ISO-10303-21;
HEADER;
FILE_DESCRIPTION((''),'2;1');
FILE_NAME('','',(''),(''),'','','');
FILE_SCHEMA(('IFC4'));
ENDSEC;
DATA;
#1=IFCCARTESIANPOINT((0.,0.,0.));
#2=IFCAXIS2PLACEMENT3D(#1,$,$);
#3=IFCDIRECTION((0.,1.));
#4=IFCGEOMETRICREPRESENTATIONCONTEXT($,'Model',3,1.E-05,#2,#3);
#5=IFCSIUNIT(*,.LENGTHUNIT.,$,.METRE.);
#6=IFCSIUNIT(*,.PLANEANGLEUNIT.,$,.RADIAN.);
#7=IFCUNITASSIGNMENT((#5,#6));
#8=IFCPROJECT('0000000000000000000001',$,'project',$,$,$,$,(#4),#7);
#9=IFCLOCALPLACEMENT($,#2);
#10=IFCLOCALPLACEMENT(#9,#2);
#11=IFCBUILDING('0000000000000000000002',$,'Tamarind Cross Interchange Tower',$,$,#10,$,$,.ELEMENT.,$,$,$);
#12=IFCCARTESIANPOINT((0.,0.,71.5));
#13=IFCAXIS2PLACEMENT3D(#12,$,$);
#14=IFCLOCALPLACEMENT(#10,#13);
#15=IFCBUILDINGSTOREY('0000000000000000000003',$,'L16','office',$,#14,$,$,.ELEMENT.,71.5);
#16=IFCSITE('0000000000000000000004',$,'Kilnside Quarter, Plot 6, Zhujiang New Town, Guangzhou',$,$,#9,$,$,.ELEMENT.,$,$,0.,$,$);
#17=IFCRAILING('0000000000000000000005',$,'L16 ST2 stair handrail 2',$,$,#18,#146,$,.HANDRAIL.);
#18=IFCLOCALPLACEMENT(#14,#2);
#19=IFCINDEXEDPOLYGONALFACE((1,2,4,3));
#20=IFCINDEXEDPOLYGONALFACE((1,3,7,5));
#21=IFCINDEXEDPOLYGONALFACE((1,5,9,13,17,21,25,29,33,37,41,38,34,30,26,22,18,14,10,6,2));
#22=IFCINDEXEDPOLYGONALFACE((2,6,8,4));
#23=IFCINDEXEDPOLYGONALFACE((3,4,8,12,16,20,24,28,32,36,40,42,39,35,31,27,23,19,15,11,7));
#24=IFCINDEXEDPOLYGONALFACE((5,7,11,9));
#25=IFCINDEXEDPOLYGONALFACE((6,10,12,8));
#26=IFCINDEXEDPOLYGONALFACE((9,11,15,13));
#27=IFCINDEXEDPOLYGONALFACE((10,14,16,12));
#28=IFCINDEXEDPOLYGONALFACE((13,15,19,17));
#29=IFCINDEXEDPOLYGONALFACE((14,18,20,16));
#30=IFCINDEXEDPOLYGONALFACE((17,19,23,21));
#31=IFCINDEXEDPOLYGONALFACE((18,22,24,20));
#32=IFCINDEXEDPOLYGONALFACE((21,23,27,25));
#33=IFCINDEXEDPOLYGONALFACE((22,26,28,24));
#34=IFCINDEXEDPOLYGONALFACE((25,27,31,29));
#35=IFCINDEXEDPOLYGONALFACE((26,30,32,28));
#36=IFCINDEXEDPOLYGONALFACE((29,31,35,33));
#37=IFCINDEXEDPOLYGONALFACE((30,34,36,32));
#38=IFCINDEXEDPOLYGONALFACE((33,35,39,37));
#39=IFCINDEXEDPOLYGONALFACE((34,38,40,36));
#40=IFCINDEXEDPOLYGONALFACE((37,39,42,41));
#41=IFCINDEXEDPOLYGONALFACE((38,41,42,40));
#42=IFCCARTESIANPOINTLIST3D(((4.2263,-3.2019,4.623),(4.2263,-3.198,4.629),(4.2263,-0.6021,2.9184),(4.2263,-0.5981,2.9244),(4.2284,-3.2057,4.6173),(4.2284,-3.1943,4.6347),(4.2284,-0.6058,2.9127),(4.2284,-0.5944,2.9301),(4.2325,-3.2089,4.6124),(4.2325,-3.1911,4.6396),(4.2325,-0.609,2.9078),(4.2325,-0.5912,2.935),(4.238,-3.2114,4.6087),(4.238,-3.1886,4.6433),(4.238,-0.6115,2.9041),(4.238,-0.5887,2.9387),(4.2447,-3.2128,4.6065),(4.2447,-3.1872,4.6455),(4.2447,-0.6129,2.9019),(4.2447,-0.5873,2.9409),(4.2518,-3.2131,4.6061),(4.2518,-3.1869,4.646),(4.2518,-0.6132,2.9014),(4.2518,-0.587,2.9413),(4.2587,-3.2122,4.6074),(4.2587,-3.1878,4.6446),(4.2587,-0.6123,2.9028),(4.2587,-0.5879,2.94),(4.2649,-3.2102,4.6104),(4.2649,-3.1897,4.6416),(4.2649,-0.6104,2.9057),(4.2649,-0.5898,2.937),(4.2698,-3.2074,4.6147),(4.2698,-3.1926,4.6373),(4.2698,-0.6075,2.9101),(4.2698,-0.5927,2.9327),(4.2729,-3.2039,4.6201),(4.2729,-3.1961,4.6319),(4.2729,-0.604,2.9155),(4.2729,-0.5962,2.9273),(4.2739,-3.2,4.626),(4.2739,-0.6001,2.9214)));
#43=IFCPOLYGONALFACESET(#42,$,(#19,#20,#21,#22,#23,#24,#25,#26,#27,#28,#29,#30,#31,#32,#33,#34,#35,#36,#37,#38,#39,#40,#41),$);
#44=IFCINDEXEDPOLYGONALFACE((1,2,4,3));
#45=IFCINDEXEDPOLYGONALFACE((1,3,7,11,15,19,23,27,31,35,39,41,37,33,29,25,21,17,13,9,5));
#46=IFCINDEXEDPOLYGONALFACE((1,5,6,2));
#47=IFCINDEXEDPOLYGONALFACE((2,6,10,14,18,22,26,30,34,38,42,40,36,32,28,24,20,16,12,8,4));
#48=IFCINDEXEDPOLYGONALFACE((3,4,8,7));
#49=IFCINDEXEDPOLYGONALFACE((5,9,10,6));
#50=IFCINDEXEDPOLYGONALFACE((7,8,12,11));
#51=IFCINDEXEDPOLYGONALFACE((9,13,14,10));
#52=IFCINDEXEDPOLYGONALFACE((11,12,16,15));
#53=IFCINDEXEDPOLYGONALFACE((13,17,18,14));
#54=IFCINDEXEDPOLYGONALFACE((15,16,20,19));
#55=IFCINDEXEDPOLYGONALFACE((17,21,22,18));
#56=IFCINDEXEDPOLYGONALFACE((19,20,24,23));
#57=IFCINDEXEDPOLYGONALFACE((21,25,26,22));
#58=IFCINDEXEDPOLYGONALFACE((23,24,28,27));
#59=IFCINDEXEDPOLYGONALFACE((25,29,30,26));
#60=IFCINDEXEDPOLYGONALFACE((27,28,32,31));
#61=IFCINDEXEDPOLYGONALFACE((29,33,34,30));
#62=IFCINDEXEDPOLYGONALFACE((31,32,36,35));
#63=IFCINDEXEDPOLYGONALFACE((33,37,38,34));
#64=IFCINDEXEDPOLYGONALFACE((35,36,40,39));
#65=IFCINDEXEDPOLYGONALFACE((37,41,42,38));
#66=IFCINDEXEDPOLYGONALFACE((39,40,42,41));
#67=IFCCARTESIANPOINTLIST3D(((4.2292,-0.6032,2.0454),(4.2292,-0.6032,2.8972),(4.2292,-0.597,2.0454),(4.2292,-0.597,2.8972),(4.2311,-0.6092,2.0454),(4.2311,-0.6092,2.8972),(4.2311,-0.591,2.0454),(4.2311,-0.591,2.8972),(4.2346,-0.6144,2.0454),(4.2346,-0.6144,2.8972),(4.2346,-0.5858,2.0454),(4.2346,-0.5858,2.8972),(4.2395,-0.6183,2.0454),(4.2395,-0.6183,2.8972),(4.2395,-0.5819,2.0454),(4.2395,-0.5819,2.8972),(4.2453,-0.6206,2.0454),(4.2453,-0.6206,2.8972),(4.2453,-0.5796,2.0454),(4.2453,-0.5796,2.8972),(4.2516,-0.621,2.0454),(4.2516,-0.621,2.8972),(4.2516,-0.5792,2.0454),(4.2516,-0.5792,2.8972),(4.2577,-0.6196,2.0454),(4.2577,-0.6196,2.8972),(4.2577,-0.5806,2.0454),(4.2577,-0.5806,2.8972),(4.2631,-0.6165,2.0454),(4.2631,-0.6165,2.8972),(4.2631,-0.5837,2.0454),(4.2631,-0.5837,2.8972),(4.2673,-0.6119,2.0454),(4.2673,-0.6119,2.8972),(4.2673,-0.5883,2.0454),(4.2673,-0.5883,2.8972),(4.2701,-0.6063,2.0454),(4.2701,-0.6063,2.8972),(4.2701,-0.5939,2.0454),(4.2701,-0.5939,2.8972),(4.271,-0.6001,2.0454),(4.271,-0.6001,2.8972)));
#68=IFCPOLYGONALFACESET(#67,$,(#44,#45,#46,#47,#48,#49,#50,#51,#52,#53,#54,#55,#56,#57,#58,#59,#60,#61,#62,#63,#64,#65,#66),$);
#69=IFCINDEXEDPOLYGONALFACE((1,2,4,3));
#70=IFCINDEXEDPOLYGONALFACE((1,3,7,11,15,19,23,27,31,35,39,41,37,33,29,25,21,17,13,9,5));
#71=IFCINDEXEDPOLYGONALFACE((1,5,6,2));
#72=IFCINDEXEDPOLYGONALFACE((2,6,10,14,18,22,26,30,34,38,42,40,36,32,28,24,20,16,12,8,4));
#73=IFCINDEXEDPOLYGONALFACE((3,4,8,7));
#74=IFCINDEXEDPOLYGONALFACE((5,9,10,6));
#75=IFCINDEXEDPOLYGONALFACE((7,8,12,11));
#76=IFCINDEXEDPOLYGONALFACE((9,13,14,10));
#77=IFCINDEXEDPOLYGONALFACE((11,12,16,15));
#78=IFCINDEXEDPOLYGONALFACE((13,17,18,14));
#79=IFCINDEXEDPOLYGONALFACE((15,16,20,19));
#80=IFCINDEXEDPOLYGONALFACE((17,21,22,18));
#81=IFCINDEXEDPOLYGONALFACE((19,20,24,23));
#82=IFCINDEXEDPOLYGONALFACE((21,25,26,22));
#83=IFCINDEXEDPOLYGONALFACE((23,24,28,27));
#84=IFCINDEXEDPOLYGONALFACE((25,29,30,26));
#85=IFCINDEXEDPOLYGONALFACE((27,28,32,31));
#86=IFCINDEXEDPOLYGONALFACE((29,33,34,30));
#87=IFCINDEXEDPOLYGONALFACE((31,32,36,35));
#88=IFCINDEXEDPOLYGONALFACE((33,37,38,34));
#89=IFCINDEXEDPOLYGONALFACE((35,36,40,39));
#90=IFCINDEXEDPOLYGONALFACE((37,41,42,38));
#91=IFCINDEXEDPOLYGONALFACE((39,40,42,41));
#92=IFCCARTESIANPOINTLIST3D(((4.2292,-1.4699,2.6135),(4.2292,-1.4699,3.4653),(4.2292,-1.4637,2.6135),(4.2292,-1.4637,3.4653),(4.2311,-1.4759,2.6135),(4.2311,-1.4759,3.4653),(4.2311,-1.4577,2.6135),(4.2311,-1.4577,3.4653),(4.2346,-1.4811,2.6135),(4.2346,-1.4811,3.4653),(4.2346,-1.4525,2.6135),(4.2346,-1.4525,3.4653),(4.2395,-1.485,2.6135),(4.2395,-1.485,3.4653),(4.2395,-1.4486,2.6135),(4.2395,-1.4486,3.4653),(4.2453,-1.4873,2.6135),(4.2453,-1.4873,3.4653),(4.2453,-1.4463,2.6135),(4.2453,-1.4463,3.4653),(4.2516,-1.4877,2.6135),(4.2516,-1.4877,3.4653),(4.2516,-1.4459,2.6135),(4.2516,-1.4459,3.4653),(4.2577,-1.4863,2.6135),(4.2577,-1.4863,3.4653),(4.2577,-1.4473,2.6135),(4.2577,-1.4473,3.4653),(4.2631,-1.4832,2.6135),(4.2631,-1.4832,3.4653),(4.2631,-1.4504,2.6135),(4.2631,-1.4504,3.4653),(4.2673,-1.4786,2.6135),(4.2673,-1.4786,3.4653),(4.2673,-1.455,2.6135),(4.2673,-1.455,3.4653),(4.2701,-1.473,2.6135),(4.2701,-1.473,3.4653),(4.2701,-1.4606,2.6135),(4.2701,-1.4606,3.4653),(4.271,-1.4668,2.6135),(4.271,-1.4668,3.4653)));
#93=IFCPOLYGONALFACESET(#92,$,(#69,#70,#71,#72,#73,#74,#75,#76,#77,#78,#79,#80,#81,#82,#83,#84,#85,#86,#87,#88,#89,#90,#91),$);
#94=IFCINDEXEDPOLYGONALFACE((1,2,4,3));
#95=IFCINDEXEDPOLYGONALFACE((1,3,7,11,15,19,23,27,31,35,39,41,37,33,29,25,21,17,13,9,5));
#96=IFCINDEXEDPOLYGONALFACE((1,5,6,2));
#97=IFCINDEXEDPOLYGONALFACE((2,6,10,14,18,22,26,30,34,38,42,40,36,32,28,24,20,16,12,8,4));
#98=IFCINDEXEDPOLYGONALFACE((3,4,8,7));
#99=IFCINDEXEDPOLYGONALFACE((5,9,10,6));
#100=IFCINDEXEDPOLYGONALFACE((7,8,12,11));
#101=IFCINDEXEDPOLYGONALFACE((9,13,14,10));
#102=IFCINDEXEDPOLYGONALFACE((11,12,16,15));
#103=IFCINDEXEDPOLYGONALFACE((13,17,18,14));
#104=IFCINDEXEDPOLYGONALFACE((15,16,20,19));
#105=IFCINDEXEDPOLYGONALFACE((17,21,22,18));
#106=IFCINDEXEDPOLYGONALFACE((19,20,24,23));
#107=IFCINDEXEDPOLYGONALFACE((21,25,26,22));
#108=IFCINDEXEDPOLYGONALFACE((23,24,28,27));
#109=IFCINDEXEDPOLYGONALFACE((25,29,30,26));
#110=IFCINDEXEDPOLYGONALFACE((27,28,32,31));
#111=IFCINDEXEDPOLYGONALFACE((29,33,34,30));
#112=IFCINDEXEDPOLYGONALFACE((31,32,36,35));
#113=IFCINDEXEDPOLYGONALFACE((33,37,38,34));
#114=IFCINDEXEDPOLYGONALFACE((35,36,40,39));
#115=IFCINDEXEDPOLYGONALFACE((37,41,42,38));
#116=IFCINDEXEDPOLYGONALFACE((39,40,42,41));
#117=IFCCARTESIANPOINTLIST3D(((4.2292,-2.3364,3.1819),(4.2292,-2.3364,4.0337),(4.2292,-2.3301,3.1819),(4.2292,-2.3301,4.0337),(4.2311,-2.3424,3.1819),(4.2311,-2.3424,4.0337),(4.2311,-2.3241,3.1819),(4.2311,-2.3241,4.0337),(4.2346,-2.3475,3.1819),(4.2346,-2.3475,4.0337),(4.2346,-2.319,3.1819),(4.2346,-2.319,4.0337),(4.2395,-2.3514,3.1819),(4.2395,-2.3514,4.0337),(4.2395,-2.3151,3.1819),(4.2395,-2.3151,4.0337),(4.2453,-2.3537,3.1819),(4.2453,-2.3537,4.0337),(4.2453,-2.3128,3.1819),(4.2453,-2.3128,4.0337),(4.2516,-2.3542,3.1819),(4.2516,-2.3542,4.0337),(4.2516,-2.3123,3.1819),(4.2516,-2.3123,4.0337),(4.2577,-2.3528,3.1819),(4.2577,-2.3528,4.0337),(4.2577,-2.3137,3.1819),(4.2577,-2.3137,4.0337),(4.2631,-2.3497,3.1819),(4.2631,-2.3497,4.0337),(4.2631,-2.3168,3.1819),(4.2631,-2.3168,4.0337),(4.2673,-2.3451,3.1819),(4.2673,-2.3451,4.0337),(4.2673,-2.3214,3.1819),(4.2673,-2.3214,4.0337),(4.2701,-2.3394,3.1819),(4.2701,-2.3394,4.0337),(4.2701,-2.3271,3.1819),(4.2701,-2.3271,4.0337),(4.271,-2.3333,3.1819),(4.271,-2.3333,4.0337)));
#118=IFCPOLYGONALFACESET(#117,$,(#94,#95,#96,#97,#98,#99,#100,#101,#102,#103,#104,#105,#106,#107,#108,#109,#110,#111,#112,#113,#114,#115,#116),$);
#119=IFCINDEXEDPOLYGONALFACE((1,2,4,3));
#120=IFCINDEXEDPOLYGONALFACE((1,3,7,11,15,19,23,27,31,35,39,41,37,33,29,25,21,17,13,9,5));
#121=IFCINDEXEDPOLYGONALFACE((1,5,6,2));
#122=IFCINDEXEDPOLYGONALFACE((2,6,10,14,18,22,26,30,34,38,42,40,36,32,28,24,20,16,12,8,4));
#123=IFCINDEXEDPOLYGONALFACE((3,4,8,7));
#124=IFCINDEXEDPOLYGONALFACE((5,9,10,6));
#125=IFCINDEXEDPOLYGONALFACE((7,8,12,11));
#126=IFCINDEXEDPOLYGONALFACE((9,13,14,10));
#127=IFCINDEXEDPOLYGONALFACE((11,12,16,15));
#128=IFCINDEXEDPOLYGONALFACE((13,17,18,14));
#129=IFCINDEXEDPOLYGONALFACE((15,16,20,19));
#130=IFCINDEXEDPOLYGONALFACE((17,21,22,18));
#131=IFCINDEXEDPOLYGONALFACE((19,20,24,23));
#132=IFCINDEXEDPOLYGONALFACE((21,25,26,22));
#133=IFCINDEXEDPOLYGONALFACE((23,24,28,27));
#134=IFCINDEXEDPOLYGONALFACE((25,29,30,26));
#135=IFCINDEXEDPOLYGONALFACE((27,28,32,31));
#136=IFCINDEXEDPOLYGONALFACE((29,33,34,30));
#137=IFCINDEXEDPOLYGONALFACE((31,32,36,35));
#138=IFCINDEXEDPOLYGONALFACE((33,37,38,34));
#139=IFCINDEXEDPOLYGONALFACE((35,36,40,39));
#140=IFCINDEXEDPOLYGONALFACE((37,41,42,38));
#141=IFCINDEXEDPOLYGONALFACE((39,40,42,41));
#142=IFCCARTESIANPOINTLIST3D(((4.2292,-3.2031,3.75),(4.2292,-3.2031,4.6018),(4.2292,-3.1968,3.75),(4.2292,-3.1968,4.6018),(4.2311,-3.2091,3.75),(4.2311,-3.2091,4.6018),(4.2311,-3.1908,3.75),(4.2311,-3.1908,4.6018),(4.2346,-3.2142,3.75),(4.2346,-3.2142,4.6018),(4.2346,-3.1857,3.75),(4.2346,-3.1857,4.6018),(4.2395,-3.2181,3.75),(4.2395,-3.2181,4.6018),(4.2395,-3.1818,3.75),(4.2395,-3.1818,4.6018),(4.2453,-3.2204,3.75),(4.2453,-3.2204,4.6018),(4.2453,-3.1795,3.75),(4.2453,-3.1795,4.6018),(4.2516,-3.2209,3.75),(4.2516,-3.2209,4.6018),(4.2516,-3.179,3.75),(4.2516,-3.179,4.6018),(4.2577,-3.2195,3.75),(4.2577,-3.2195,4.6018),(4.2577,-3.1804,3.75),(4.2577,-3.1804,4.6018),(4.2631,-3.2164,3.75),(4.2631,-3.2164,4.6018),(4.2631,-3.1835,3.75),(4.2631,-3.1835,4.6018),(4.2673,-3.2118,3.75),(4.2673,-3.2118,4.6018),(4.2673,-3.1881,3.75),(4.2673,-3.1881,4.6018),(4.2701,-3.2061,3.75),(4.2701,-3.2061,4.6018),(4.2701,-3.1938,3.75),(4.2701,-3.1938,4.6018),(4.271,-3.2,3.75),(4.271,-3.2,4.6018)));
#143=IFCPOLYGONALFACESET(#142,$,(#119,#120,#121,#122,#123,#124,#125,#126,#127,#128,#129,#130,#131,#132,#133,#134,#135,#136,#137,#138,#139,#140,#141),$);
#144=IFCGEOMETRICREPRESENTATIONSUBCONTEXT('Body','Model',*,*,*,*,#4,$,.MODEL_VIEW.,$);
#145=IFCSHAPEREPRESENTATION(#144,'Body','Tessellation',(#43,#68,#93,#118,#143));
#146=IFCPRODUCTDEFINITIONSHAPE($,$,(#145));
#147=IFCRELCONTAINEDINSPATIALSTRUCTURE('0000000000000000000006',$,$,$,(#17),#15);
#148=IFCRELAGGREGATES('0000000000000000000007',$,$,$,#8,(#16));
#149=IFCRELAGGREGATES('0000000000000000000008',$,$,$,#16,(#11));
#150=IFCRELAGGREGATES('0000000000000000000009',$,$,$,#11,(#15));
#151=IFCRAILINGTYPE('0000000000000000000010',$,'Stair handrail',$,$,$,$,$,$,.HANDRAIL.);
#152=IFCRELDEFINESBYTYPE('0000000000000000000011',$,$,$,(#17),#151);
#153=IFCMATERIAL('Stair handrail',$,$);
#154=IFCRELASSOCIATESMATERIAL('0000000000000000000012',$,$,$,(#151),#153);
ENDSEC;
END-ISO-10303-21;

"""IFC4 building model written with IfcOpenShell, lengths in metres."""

from ifc_helpers import new_model, si_unit, direction, frame, origin, origin_2d, place, context, subcontext, project, spatial, circle, extrude, material, type_object, element, save


model = new_model("IFC4")

# Units and contexts
model_context = context("Model", 3, precision=1e-05, world=origin(), true_north=direction((0.0, 1.0)))
body_context = subcontext(model_context, "Body", "Model", "MODEL_VIEW")
ifc_project = project(units=[si_unit("LENGTHUNIT", "METRE"), si_unit("PLANEANGLEUNIT", "RADIAN")], contexts=[model_context])

# Site, building, storey
site_placement = place(None, origin())
site = spatial("IfcSite", under=ifc_project, at=site_placement, Name="Kilnside Quarter, Plot 6, Zhujiang New Town, Guangzhou", CompositionType="ELEMENT", RefElevation=0.0)
building_placement = place(site_placement, origin())
building = spatial("IfcBuilding", under=site, at=building_placement, Name="Tamarind Cross Interchange Tower", CompositionType="ELEMENT")
storey_placement = place(building_placement, frame((0.0, 0.0, 71.5)))
storey = spatial("IfcBuildingStorey", under=building, at=storey_placement, Name="L16", Description="office", CompositionType="ELEMENT", Elevation=71.5)

# Railing
ifc_material_1 = material(Name="Stair handrail")
railing_type_1 = type_object("IfcRailingType", Name="Stair handrail", PredefinedType="HANDRAIL", material=ifc_material_1)
railing_1_placement = place(storey_placement, frame((4.25, -0.6001, 2.0454)))
element("IfcRailing", 1, at=railing_1_placement, inside=storey, type_object=railing_type_1, Name="L16 ST2 stair handrail 2", PredefinedType="HANDRAIL", context=body_context, shape_type="SweptSolid", body=[
    extrude(circle(Radius=0.0239, at=origin_2d()), frame((0.0, 0.0, 0.876), z_axis=(0.0, -0.836279, 0.548305), x_axis=(1.0, 0.0, 0.0)), (0.0, 0.0, 1.0), 3.1089),
    extrude(circle(Radius=0.021, at=origin_2d()), origin(), (0.0, 0.0, 1.0), 0.8518),
    extrude(circle(Radius=0.021, at=origin_2d()), frame((0.0, -0.8667, 0.5681)), (0.0, 0.0, 1.0), 0.8518),
    extrude(circle(Radius=0.021, at=origin_2d()), frame((0.0, -1.7332, 1.1365)), (0.0, 0.0, 1.0), 0.8518),
    extrude(circle(Radius=0.021, at=origin_2d()), frame((0.0, -2.5999, 1.7046)), (0.0, 0.0, 1.0), 0.8518),
])

save(model, "model.ifc")
